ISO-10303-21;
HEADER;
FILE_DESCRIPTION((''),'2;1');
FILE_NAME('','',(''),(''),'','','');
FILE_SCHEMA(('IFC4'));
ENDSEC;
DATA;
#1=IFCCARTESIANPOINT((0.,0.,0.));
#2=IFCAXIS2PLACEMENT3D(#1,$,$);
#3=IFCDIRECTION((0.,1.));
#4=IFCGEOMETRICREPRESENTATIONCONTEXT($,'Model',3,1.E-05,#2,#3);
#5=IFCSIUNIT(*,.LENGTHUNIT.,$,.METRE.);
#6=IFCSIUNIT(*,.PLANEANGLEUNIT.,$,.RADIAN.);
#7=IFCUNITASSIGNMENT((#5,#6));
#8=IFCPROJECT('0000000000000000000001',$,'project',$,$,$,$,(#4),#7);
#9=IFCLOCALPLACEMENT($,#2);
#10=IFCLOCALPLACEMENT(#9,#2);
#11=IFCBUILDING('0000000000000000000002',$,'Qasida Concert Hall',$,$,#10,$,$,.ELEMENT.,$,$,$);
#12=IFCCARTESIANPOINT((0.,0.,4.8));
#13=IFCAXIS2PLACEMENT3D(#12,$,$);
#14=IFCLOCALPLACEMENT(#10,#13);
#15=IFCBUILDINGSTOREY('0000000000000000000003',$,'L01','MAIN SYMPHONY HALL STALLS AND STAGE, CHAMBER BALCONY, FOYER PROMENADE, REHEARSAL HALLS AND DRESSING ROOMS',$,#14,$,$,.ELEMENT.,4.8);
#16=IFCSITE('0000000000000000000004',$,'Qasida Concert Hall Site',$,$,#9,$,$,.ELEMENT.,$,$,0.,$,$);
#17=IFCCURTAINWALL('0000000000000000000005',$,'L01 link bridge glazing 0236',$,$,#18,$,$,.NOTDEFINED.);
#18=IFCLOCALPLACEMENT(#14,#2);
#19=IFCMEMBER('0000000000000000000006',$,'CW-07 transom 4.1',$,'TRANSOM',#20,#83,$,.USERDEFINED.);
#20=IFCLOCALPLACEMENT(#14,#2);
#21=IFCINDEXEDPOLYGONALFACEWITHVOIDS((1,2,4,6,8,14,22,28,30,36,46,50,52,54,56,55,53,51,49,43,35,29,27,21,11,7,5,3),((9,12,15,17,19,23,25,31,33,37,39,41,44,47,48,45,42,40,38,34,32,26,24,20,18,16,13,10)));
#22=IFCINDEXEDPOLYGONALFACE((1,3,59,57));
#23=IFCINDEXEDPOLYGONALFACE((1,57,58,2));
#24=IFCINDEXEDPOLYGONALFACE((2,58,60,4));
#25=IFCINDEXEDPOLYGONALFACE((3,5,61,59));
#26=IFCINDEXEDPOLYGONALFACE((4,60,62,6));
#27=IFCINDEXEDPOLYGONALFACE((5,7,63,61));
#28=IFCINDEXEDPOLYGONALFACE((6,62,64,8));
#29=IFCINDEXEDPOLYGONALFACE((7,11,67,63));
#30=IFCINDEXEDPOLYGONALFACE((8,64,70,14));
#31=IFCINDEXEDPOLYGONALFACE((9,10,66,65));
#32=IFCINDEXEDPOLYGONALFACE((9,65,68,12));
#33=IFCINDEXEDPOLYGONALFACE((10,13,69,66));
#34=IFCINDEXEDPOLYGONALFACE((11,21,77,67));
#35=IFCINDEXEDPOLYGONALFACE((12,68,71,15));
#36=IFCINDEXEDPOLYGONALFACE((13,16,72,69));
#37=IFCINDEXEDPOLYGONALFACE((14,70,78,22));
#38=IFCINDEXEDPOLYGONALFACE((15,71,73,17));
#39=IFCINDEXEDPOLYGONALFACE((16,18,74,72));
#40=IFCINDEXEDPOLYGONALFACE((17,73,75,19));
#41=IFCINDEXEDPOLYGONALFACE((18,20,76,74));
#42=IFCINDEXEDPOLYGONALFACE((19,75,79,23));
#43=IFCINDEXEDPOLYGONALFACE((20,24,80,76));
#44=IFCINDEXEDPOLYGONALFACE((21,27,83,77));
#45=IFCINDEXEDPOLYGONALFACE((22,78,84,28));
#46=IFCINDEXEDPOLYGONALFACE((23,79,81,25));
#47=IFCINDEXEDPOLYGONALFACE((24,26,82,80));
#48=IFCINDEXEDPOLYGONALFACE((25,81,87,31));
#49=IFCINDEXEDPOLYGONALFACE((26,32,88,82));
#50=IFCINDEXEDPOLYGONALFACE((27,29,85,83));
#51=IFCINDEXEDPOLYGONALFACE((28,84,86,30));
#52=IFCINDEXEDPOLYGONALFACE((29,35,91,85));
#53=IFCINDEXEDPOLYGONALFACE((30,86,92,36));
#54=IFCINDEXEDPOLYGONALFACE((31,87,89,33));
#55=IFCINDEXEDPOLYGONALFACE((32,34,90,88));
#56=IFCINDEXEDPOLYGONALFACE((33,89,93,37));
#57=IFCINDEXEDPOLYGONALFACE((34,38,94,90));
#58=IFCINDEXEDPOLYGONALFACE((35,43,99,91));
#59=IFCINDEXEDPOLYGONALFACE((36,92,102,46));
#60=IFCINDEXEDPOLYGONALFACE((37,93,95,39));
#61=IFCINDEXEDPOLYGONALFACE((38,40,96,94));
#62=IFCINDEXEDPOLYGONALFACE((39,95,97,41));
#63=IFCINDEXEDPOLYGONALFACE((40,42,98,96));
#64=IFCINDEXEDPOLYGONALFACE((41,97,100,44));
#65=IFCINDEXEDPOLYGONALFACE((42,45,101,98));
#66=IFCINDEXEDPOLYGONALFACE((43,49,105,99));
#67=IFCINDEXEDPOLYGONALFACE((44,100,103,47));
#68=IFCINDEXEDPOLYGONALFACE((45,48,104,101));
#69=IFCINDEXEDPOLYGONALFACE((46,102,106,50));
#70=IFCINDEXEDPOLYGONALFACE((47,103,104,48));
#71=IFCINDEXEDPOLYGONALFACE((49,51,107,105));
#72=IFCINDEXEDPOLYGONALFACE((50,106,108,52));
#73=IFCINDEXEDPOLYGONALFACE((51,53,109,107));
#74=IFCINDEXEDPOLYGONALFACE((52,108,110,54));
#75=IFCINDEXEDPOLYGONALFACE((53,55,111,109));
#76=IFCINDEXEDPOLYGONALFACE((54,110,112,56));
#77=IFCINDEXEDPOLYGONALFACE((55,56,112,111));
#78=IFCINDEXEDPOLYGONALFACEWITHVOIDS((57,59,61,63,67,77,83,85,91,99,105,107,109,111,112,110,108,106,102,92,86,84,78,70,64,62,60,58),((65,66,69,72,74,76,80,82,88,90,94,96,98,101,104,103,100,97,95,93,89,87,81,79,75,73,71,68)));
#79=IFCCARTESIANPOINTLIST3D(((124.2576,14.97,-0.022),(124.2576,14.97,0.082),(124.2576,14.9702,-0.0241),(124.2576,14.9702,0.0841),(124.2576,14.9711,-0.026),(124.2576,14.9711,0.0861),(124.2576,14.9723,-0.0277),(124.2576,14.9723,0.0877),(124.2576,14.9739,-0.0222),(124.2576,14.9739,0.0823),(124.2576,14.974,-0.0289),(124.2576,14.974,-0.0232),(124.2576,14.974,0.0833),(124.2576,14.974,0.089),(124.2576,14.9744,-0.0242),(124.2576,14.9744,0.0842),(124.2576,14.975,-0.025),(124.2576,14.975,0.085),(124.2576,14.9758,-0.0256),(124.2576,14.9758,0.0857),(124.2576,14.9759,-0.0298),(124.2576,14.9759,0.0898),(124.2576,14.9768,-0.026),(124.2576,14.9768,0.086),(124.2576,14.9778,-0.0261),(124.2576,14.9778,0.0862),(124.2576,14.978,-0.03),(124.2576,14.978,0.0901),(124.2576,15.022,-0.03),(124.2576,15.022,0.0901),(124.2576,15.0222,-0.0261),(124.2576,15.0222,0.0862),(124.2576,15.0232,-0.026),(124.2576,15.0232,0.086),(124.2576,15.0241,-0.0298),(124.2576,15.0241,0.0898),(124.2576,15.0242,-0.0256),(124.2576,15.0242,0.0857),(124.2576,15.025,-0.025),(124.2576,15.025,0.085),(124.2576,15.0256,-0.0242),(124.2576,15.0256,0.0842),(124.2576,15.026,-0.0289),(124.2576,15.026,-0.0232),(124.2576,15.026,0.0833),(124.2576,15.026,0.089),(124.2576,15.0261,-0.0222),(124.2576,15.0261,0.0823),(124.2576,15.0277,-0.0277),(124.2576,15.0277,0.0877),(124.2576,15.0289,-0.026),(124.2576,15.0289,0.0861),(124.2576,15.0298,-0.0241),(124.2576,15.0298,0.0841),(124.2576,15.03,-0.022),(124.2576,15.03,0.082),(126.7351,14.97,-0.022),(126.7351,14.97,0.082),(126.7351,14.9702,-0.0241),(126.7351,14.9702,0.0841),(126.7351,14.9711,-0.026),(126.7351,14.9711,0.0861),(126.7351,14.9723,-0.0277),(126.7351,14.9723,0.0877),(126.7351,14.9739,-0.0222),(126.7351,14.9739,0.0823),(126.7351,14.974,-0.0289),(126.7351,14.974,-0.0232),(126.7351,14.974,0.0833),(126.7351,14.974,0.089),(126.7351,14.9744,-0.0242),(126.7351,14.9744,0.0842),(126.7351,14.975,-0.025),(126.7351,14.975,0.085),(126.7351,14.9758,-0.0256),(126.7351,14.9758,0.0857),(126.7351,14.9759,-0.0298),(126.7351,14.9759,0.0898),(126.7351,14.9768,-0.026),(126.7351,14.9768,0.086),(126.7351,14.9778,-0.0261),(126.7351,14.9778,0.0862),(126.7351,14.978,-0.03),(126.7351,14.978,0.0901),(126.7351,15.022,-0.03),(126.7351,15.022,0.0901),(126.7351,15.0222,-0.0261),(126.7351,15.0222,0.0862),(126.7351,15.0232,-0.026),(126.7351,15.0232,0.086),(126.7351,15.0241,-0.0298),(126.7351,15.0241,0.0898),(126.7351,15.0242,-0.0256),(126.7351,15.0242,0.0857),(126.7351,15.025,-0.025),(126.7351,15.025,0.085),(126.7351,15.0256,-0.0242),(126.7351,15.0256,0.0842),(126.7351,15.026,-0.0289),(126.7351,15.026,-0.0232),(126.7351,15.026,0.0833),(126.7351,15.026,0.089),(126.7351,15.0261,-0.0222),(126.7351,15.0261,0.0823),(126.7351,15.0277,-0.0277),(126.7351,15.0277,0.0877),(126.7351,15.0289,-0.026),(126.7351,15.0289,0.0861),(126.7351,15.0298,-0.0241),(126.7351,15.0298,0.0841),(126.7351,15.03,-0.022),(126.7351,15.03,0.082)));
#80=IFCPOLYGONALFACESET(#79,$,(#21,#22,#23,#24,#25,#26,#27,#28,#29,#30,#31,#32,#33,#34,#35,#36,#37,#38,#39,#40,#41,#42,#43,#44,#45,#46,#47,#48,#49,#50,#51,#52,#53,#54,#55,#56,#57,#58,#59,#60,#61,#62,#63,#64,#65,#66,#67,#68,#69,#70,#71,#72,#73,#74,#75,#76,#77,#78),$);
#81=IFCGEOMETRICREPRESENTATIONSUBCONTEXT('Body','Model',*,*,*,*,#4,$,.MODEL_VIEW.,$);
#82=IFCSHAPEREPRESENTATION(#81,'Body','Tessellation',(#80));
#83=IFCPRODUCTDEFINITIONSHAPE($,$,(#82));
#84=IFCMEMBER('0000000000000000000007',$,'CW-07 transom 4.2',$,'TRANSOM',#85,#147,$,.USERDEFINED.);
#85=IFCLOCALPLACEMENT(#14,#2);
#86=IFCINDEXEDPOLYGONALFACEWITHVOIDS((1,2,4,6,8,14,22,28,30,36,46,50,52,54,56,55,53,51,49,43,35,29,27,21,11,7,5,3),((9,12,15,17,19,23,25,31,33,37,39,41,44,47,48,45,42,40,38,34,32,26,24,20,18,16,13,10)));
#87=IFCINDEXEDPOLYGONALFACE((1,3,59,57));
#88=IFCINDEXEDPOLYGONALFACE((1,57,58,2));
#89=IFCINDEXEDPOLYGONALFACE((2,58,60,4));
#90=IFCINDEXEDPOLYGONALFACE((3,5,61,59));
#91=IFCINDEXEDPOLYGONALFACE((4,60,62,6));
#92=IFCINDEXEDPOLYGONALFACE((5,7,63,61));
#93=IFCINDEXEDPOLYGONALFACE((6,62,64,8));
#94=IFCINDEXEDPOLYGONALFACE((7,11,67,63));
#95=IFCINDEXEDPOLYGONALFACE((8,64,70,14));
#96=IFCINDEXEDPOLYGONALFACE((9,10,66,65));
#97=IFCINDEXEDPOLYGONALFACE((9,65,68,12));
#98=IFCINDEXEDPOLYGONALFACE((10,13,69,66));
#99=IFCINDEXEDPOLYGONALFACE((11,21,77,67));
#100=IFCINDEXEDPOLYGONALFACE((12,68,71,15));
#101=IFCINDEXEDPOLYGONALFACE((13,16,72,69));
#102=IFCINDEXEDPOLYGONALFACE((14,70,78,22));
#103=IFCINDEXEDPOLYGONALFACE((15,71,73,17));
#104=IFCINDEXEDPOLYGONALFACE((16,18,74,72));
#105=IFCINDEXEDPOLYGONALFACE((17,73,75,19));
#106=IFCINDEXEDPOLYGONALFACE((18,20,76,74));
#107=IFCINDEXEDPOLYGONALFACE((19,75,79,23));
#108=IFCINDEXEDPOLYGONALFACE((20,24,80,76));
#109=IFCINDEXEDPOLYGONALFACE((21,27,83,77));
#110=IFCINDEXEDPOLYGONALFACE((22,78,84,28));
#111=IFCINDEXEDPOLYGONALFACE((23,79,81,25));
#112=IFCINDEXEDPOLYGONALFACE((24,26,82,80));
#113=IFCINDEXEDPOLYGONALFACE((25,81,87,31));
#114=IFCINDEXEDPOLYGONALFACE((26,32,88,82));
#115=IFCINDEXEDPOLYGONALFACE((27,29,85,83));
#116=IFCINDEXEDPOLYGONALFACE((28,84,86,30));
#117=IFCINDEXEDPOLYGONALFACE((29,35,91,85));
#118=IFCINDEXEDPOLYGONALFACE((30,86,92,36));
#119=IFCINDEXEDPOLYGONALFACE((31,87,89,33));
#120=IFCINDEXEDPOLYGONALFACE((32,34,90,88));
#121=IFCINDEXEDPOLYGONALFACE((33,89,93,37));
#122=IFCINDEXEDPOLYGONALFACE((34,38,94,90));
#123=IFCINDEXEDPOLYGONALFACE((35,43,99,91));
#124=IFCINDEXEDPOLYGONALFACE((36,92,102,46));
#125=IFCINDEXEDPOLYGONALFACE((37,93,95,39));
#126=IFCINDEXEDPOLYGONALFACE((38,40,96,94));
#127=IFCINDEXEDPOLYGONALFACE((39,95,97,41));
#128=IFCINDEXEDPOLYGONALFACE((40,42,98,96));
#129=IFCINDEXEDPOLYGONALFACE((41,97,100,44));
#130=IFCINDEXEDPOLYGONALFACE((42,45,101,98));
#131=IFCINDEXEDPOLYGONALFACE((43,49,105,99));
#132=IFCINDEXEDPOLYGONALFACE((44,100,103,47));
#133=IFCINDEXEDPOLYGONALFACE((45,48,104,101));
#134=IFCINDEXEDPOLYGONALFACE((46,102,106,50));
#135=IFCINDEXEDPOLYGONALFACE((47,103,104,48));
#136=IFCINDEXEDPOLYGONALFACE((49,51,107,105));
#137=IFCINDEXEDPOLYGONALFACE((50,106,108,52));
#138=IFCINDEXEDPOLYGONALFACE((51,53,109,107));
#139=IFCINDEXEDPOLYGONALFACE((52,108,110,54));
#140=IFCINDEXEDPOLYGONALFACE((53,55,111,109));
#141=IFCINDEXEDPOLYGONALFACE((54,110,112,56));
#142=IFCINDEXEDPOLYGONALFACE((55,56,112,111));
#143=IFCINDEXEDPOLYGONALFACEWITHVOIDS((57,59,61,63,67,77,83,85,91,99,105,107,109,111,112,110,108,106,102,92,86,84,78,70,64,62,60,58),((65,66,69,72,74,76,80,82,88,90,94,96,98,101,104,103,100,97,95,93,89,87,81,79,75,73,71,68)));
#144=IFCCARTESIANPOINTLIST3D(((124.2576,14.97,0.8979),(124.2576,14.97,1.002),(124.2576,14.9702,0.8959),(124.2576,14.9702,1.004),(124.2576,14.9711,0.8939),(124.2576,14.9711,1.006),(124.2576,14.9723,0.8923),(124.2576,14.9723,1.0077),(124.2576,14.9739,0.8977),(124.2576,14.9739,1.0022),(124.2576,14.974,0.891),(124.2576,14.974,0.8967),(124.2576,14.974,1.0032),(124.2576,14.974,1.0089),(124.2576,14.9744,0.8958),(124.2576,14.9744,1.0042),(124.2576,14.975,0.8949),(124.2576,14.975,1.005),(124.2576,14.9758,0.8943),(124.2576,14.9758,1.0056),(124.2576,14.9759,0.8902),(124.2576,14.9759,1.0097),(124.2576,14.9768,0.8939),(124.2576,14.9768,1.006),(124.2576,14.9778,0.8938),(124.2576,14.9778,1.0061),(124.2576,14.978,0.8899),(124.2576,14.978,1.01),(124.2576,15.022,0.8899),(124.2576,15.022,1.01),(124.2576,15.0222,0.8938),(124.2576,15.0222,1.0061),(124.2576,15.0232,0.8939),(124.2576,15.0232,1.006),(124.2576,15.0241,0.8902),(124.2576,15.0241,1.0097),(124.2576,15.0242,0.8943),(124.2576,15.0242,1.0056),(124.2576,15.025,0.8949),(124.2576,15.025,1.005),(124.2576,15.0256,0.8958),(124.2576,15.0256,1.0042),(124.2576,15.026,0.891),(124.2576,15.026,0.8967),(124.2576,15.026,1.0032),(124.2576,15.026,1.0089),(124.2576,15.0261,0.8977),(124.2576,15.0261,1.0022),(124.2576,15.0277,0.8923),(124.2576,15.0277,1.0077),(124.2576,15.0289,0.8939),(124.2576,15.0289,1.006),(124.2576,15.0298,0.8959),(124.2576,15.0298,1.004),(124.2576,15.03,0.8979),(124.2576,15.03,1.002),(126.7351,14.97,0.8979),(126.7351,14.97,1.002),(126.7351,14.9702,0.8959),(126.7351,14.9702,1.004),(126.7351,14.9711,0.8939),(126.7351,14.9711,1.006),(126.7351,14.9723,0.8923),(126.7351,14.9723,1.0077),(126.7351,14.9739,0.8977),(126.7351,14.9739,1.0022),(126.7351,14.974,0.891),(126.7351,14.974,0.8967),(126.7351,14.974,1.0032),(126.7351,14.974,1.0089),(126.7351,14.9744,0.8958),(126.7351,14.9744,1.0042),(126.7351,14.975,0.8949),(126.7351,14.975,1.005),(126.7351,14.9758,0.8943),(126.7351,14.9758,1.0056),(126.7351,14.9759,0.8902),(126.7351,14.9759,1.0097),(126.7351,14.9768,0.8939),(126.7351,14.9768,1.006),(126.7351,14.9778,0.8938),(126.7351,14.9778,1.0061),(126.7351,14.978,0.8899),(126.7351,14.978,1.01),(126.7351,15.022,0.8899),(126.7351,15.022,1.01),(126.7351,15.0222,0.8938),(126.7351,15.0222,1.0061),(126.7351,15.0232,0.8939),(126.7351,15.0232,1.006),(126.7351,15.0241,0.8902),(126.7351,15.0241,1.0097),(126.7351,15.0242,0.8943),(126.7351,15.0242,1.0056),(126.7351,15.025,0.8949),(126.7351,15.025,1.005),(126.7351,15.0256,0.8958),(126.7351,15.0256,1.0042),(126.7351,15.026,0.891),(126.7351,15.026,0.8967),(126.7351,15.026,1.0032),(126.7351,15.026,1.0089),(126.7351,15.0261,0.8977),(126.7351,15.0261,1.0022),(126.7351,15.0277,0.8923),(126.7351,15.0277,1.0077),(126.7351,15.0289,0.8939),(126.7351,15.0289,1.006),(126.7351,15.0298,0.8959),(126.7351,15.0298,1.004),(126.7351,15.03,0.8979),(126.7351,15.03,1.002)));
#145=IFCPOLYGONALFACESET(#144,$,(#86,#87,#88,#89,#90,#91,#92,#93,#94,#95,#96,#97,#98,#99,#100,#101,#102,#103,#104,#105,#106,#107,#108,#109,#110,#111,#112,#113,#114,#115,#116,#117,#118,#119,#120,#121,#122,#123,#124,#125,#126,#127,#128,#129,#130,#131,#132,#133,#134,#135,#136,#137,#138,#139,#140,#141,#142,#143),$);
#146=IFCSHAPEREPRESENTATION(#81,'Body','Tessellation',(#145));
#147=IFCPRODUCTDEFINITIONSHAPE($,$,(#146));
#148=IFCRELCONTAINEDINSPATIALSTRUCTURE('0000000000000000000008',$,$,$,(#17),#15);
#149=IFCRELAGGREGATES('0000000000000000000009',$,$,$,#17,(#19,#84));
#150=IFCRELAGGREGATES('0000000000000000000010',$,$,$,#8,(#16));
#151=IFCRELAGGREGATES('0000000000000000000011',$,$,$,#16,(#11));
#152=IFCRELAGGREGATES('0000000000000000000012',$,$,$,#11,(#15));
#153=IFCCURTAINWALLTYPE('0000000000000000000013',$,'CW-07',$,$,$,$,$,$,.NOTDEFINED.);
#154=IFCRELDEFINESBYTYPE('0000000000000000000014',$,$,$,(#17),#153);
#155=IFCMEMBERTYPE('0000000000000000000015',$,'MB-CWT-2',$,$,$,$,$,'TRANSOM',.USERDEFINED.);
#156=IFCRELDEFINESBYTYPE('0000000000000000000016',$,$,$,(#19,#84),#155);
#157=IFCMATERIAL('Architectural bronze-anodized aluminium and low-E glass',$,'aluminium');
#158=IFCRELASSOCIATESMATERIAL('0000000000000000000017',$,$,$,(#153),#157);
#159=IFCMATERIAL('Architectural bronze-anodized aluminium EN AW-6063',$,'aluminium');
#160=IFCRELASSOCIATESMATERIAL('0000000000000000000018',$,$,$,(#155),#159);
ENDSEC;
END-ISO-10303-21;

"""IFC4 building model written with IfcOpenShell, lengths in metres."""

from ifc_helpers import new_model, si_unit, direction, frame, origin, origin_2d, place, context, subcontext, project, spatial, hollow_rectangle, extrude, material, material_profile, profile_set, type_object, element, aggregate, save


model = new_model("IFC4")

# Units and contexts
model_context = context("Model", 3, precision=1e-05, world=origin(), true_north=direction((0.0, 1.0)))
body_context = subcontext(model_context, "Body", "Model", "MODEL_VIEW")
ifc_project = project(units=[si_unit("LENGTHUNIT", "METRE"), si_unit("PLANEANGLEUNIT", "RADIAN")], contexts=[model_context])

# Site, building, storey
site_placement = place(None, origin())
site = spatial("IfcSite", under=ifc_project, at=site_placement, Name="Qasida Concert Hall Site", CompositionType="ELEMENT", RefElevation=0.0)
building_placement = place(site_placement, origin())
building = spatial("IfcBuilding", under=site, at=building_placement, Name="Qasida Concert Hall", CompositionType="ELEMENT")
storey_placement = place(building_placement, frame((0.0, 0.0, 4.8)))
storey = spatial("IfcBuildingStorey", under=building, at=storey_placement, Name="L01", Description="MAIN SYMPHONY HALL STALLS AND STAGE, CHAMBER BALCONY, FOYER PROMENADE, REHEARSAL HALLS AND DRESSING ROOMS", CompositionType="ELEMENT", Elevation=4.8)

# Shared definitions
ifc_material_1 = material(Name="Architectural bronze-anodized aluminium and low-E glass", Category="aluminium")
curtain_wall_type = type_object("IfcCurtainWallType", Name="CW-07", PredefinedType="NOTDEFINED", material=ifc_material_1)
ifc_material_2 = material(Name="Architectural bronze-anodized aluminium EN AW-6063", Category="aluminium")

# Curtain wall
curtain_wall_1_placement = place(storey_placement, origin())
curtain_wall_1 = element("IfcCurtainWall", 1, at=curtain_wall_1_placement, inside=storey, type_object=curtain_wall_type, Name="L01 link bridge glazing 0236", PredefinedType="NOTDEFINED")

# Members
ifc_material_profile_1 = material_profile(ifc_material_2, hollow_rectangle(XDim=0.0601, YDim=0.1201, WallThickness=0.0039, InnerFilletRadius=0.0039, OuterFilletRadius=0.0081, at=origin_2d()), Name="CWT 120x60x4")
ifc_profile_set_1 = profile_set([ifc_material_profile_1], Name="Architectural bronze-anodized aluminium EN AW-6063")
member_type_1 = type_object("IfcMemberType", Name="MB-CWT-2", ElementType="TRANSOM", PredefinedType="USERDEFINED", material=ifc_profile_set_1)
member_1_placement = place(storey_placement, frame((124.2576, 15.0, 0.03), z_axis=(1.0, 0.0, 0.0), x_axis=(0.0, 1.0, 0.0)))
member_1 = element("IfcMember", 2, at=member_1_placement, type_object=member_type_1, Name="CW-07 transom 4.1", ObjectType="TRANSOM", PredefinedType="USERDEFINED", context=body_context, shape_type="SweptSolid", body=[
    extrude(hollow_rectangle(XDim=0.0601, YDim=0.1201, WallThickness=0.0039, InnerFilletRadius=0.0039, OuterFilletRadius=0.0081, at=origin_2d()), origin(), (0.0, 0.0, 1.0), 2.4775),
])
member_2_placement = place(storey_placement, frame((124.2576, 15.0, 0.95), z_axis=(1.0, 0.0, 0.0), x_axis=(0.0, 1.0, 0.0)))
member_2 = element("IfcMember", 3, at=member_2_placement, type_object=member_type_1, Name="CW-07 transom 4.2", ObjectType="TRANSOM", PredefinedType="USERDEFINED", context=body_context, shape_type="SweptSolid", body=[
    extrude(hollow_rectangle(XDim=0.0601, YDim=0.1201, WallThickness=0.0039, InnerFilletRadius=0.0039, OuterFilletRadius=0.0081, at=origin_2d()), origin(), (0.0, 0.0, 1.0), 2.4775),
])

aggregate(curtain_wall_1, [member_1, member_2])

save(model, "model.ifc")
